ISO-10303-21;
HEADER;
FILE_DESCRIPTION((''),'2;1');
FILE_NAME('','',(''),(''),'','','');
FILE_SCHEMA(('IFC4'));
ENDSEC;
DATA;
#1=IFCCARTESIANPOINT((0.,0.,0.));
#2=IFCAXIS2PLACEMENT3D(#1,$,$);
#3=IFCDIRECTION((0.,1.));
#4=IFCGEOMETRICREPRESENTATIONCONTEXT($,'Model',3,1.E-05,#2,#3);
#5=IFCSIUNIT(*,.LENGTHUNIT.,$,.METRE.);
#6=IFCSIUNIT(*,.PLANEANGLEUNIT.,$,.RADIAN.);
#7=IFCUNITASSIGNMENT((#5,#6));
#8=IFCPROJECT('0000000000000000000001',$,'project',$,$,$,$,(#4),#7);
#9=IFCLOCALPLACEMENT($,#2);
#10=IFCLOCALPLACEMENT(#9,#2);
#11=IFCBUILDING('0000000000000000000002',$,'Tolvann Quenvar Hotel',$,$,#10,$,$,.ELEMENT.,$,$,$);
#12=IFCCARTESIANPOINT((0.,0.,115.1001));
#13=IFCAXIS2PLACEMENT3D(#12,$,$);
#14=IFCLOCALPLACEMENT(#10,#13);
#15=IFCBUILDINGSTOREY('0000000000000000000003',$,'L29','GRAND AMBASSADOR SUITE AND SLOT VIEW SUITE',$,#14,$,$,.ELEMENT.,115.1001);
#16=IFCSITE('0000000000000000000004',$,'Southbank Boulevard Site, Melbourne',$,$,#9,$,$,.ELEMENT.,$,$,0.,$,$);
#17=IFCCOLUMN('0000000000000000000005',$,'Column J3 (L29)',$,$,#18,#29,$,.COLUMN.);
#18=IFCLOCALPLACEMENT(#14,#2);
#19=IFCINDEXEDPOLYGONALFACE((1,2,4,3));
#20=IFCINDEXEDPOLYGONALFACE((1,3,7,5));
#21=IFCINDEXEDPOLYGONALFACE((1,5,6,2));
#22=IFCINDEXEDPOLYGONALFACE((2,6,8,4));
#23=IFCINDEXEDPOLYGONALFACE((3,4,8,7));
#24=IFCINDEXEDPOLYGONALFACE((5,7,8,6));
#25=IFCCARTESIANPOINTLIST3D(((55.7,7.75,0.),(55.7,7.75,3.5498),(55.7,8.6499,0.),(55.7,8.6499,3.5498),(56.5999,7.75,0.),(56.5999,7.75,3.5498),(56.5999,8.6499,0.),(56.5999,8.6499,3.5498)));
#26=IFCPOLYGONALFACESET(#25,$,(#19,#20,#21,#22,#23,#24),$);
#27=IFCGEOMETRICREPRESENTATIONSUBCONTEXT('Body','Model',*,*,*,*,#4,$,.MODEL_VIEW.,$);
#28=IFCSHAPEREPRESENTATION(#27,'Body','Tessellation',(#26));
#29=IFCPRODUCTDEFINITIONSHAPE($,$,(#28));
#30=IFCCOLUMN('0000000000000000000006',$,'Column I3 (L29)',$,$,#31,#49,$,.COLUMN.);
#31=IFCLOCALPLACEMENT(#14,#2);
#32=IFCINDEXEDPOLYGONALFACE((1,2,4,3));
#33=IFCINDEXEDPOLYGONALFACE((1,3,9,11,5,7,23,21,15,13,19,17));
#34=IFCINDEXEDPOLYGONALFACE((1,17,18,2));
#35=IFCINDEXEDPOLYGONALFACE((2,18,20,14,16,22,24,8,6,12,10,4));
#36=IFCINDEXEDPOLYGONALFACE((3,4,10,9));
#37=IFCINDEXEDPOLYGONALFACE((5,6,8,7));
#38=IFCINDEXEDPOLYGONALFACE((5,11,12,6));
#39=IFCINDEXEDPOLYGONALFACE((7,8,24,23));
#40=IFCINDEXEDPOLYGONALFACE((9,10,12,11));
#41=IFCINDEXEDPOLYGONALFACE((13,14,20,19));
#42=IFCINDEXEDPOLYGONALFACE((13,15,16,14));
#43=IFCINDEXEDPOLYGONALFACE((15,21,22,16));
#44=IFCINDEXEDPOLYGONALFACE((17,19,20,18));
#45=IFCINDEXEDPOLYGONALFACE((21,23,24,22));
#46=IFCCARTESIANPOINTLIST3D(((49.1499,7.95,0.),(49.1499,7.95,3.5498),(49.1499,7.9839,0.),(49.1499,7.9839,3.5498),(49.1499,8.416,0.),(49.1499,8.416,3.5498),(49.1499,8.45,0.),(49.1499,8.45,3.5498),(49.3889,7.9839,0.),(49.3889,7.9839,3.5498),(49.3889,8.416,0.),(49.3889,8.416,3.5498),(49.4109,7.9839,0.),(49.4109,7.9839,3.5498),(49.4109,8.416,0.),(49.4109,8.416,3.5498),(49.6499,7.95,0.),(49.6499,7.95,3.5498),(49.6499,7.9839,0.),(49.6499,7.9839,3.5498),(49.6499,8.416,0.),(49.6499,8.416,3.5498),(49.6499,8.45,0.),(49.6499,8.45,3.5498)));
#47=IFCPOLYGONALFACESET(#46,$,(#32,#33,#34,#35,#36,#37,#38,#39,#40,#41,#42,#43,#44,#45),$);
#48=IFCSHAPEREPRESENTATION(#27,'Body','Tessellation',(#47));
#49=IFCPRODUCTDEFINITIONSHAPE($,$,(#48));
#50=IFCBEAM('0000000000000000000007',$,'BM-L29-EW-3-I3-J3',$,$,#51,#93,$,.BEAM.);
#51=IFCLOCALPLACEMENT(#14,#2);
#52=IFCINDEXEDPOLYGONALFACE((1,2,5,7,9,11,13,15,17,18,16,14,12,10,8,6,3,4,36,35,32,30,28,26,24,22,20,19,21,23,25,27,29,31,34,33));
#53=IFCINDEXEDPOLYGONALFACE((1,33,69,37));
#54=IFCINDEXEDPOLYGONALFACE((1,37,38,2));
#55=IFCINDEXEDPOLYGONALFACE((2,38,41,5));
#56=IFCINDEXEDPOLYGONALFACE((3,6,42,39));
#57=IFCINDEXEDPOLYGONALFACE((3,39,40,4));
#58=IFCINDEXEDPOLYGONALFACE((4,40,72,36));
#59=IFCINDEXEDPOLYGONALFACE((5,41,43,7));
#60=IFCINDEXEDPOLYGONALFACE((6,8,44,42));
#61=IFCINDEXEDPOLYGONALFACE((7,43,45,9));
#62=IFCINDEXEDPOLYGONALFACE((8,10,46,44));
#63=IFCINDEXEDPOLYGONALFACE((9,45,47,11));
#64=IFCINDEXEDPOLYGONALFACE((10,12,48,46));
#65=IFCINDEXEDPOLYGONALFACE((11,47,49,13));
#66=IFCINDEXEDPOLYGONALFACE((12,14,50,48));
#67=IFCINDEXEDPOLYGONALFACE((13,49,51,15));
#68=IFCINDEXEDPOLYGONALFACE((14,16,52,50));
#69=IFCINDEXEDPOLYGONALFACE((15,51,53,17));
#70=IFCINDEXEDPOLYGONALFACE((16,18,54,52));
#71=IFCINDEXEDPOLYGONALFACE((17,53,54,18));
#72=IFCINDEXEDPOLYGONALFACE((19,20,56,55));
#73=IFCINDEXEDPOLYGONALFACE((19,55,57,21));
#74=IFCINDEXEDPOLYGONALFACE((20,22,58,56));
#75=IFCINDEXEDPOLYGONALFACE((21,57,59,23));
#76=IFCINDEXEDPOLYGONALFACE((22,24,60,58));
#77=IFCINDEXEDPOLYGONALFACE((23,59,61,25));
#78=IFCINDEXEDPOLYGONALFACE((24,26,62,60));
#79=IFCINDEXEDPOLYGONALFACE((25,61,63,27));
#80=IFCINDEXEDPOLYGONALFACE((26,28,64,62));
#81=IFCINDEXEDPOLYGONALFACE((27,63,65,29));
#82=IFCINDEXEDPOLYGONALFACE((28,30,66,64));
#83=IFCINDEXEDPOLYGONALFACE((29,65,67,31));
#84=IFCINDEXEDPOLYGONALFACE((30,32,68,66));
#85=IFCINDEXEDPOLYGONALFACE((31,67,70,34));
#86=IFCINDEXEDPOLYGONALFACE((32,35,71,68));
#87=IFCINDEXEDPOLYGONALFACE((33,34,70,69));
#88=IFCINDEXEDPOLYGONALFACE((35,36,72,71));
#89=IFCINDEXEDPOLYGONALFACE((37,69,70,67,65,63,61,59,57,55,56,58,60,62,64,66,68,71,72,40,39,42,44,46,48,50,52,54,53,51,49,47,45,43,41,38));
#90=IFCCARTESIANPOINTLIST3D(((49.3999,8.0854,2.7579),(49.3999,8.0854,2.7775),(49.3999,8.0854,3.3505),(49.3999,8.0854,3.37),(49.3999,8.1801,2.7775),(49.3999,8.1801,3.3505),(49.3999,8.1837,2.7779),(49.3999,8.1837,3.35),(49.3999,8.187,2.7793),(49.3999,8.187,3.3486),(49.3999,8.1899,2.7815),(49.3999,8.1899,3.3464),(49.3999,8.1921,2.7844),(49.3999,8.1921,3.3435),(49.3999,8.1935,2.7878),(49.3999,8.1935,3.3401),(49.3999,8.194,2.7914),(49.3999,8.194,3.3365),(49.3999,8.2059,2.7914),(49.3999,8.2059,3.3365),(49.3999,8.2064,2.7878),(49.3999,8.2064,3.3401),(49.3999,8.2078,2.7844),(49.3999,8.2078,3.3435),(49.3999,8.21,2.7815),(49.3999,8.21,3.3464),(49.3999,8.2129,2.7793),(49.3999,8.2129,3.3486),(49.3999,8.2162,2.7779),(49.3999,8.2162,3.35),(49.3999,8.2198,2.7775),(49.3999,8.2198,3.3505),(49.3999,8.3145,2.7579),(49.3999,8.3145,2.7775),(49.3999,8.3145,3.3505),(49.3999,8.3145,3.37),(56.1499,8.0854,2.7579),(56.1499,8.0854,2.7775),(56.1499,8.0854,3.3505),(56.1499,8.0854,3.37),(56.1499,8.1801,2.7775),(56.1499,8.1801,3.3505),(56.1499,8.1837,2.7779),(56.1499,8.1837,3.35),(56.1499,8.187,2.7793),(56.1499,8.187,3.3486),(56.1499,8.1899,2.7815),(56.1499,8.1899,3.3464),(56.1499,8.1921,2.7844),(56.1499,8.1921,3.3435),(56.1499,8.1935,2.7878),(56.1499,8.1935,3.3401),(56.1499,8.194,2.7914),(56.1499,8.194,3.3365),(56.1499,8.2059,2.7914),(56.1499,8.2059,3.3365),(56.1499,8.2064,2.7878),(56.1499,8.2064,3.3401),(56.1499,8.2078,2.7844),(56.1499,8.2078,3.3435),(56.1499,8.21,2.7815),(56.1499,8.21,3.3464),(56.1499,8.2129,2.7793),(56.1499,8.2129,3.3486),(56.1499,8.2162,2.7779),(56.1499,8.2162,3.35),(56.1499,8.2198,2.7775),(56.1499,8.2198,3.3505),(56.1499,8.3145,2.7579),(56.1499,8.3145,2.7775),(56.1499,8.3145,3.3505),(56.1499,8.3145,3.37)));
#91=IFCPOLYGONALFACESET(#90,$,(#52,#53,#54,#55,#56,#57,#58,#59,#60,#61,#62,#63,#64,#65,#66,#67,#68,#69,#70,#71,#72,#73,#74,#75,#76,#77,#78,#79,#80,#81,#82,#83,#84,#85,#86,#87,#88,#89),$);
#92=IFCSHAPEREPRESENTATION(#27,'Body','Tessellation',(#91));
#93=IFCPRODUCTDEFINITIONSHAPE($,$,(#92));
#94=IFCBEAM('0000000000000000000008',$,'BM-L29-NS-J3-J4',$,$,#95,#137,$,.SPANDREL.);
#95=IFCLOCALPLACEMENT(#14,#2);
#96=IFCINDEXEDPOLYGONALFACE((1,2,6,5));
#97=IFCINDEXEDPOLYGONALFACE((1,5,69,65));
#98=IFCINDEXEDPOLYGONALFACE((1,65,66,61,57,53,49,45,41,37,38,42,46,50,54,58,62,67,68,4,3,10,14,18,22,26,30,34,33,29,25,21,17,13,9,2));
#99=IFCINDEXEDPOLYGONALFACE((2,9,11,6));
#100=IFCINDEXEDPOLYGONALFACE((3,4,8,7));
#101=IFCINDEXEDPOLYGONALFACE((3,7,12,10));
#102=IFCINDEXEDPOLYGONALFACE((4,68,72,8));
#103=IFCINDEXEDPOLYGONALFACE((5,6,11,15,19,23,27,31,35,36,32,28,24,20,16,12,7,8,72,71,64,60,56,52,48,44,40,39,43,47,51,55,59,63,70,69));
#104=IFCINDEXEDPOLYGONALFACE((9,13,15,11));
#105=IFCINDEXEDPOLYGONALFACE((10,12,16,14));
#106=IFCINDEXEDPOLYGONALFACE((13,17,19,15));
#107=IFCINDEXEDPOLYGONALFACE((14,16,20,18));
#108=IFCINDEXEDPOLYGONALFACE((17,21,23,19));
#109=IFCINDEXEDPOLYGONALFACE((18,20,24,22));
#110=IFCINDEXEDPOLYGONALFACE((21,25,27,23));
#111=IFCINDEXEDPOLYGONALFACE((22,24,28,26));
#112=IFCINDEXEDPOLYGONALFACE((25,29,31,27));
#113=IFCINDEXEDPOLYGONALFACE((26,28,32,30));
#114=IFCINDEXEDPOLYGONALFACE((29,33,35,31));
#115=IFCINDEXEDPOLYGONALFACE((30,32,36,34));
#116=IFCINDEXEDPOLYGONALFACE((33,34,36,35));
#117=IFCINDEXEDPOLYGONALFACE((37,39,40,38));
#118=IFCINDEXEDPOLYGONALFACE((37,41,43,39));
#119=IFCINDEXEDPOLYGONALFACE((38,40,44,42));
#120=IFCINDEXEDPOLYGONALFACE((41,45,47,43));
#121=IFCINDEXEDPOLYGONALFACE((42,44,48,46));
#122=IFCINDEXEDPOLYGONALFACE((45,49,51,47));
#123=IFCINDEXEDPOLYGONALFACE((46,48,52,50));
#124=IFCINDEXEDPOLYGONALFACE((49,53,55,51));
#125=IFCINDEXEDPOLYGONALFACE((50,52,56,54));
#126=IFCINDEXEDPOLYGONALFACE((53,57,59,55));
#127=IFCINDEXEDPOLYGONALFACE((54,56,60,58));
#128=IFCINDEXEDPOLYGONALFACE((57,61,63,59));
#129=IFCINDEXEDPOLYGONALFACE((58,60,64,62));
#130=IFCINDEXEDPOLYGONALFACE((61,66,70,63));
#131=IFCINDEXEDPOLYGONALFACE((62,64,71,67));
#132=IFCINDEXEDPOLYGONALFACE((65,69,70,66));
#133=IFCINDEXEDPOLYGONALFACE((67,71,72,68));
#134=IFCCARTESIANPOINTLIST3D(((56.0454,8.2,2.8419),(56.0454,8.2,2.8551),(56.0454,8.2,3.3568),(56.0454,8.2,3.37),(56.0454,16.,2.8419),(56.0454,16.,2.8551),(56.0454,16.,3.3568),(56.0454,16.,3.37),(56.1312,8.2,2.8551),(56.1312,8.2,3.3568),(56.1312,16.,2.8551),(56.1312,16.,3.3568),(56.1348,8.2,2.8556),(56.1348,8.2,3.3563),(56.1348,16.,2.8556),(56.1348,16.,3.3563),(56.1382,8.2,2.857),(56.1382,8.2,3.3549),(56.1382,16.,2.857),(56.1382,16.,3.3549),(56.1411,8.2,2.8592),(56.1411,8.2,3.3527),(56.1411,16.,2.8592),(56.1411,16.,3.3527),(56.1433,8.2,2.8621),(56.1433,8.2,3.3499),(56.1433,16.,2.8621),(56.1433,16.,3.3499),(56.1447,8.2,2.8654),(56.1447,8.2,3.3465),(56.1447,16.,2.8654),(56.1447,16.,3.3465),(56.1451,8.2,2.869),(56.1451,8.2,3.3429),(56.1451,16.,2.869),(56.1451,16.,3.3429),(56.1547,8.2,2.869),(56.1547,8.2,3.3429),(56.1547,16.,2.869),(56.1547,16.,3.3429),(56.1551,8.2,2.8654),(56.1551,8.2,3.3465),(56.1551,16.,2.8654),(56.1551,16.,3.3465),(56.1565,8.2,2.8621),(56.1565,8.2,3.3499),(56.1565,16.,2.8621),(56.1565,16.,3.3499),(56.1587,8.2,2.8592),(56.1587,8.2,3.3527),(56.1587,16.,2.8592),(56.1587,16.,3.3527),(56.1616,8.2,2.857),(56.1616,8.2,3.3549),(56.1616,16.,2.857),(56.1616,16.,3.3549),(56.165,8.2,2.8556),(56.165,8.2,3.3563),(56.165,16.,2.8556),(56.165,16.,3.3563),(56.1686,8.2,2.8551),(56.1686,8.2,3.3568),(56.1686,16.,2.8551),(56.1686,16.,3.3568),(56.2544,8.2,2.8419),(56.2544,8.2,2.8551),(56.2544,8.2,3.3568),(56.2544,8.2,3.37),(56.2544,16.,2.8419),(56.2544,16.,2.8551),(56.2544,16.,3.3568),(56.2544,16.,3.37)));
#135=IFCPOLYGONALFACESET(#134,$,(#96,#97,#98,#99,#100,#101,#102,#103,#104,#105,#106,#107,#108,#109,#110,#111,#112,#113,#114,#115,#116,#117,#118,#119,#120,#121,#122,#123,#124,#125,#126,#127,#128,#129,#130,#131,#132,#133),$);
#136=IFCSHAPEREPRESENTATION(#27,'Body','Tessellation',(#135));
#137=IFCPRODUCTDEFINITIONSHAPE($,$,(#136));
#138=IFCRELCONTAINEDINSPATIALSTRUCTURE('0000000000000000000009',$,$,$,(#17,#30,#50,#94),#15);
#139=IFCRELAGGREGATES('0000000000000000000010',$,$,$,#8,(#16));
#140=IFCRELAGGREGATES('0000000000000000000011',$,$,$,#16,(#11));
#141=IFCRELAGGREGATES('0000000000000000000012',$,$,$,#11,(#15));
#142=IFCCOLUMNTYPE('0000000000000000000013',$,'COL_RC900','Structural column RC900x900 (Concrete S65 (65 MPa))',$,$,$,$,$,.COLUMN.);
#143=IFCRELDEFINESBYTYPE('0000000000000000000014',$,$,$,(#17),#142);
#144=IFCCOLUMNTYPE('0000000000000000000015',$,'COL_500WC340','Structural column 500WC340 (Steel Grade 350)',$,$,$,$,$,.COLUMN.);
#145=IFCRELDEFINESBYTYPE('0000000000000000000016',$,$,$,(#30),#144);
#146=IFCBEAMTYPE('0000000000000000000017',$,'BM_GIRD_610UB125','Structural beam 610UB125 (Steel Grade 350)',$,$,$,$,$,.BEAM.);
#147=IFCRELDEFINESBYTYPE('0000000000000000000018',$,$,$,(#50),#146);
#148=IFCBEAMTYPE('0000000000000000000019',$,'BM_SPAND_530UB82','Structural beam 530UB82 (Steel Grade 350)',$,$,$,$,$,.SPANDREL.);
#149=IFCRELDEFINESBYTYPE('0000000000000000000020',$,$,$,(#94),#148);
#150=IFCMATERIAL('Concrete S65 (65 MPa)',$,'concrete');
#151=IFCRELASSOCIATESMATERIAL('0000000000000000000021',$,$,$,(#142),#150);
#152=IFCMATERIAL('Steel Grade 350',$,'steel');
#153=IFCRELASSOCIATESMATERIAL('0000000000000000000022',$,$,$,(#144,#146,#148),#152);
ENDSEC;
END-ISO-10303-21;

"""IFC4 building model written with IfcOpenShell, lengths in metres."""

from ifc_helpers import new_model, si_unit, direction, frame, origin, origin_2d, place, context, subcontext, project, spatial, rectangle, i_section, extrude, source, transform, mapped, material, material_profile, profile_set, type_object, type_shapes, element, save


model = new_model("IFC4")

# Units and contexts
model_context = context("Model", 3, precision=1e-05, world=origin(), true_north=direction((0.0, 1.0)))
body_context = subcontext(model_context, "Body", "Model", "MODEL_VIEW")
ifc_project = project(units=[si_unit("LENGTHUNIT", "METRE"), si_unit("PLANEANGLEUNIT", "RADIAN")], contexts=[model_context])

# Site, building, storey
site_placement = place(None, origin())
site = spatial("IfcSite", under=ifc_project, at=site_placement, Name="Southbank Boulevard Site, Melbourne", CompositionType="ELEMENT", RefElevation=0.0)
building_placement = place(site_placement, origin())
building = spatial("IfcBuilding", under=site, at=building_placement, Name="Tolvann Quenvar Hotel", CompositionType="ELEMENT")
storey_placement = place(building_placement, frame((0.0, 0.0, 115.1001)))
storey = spatial("IfcBuildingStorey", under=building, at=storey_placement, Name="L29", Description="GRAND AMBASSADOR SUITE AND SLOT VIEW SUITE", CompositionType="ELEMENT", Elevation=115.1001)

# Columns
ifc_material_1 = material(Name="Concrete S65 (65 MPa)", Category="concrete")
ifc_material_profile_1 = material_profile(ifc_material_1, rectangle(XDim=0.8999, YDim=0.8999, at=origin_2d()), Name="RC900x900")
ifc_profile_set_1 = profile_set([ifc_material_profile_1], Name="Concrete S65 (65 MPa)")
column_type_1 = type_object("IfcColumnType", Name="COL_RC900", Description="Structural column RC900x900 (Concrete S65 (65 MPa))", PredefinedType="COLUMN", material=ifc_profile_set_1)
shared_shape_1 = source(origin(), body_context, "Body", "SweptSolid", [
    extrude(rectangle(XDim=0.8999, YDim=0.8999, at=origin_2d()), origin(), (0.0, 0.0, 1.0), 3.5498),
])
type_shapes(column_type_1, [shared_shape_1])
column_1_placement = place(storey_placement, frame((56.1499, 8.2, 0.0), z_axis=(0.0, 0.0, 1.0), x_axis=(1.0, 0.0, 0.0)))
element("IfcColumn", 1, at=column_1_placement, inside=storey, type_object=column_type_1, Name="Column J3 (L29)", PredefinedType="COLUMN", context=body_context, shape_type="MappedRepresentation", body=[
    mapped(shared_shape_1, transform((0.0, 0.0, 0.0), x_axis=(1.0, 0.0, 0.0), y_axis=(0.0, 1.0, 0.0), z_axis=(0.0, 0.0, 1.0), scale=1.0)),
])
ifc_material_2 = material(Name="Steel Grade 350", Category="steel")
ifc_material_profile_2 = material_profile(ifc_material_2, i_section(OverallWidth=0.5, OverallDepth=0.5, WebThickness=0.022, FlangeThickness=0.0339, at=origin_2d()), Name="500WC340")
ifc_profile_set_2 = profile_set([ifc_material_profile_2], Name="Steel Grade 350")
column_type_2 = type_object("IfcColumnType", Name="COL_500WC340", Description="Structural column 500WC340 (Steel Grade 350)", PredefinedType="COLUMN", material=ifc_profile_set_2)
shared_shape_2 = source(origin(), body_context, "Body", "SweptSolid", [
    extrude(i_section(OverallWidth=0.5, OverallDepth=0.5, WebThickness=0.022, FlangeThickness=0.0339, at=origin_2d()), origin(), (0.0, 0.0, 1.0), 3.5498),
])
type_shapes(column_type_2, [shared_shape_2])
column_2_placement = place(storey_placement, frame((49.3999, 8.2, 0.0), z_axis=(0.0, 0.0, 1.0), x_axis=(1.0, 0.0, 0.0)))
element("IfcColumn", 2, at=column_2_placement, inside=storey, type_object=column_type_2, Name="Column I3 (L29)", PredefinedType="COLUMN", context=body_context, shape_type="MappedRepresentation", body=[
    mapped(shared_shape_2, transform((0.0, 0.0, 0.0), x_axis=(1.0, 0.0, 0.0), y_axis=(0.0, 1.0, 0.0), z_axis=(0.0, 0.0, 1.0), scale=1.0)),
])

# Beams
ifc_material_profile_3 = material_profile(ifc_material_2, i_section(OverallWidth=0.229, OverallDepth=0.6121, WebThickness=0.012, FlangeThickness=0.0195, FilletRadius=0.0139, at=origin_2d()), Name="610UB125")
ifc_profile_set_3 = profile_set([ifc_material_profile_3], Name="Steel Grade 350")
beam_type_1 = type_object("IfcBeamType", Name="BM_GIRD_610UB125", Description="Structural beam 610UB125 (Steel Grade 350)", PredefinedType="BEAM", material=ifc_profile_set_3)
shared_shape_3 = source(origin(), body_context, "Body", "SweptSolid", [
    extrude(i_section(OverallWidth=0.229, OverallDepth=0.6121, WebThickness=0.012, FlangeThickness=0.0195, FilletRadius=0.0139, at=origin_2d()), origin(), (0.0, 0.0, 1.0), 6.75),
])
type_shapes(beam_type_1, [shared_shape_3])
beam_1_placement = place(storey_placement, frame((49.3999, 8.2, 3.064), z_axis=(1.0, 0.0, 0.0), x_axis=(0.0, 1.0, 0.0)))
element("IfcBeam", 3, at=beam_1_placement, inside=storey, type_object=beam_type_1, Name="BM-L29-EW-3-I3-J3", PredefinedType="BEAM", context=body_context, shape_type="MappedRepresentation", body=[
    mapped(shared_shape_3, transform((0.0, 0.0, 0.0), x_axis=(1.0, 0.0, 0.0), y_axis=(0.0, 1.0, 0.0), z_axis=(0.0, 0.0, 1.0), scale=1.0)),
])
ifc_material_profile_4 = material_profile(ifc_material_2, i_section(OverallWidth=0.209, OverallDepth=0.5281, WebThickness=0.0095, FlangeThickness=0.0132, FilletRadius=0.0139, at=origin_2d()), Name="530UB82")
ifc_profile_set_4 = profile_set([ifc_material_profile_4], Name="Steel Grade 350")
beam_type_2 = type_object("IfcBeamType", Name="BM_SPAND_530UB82", Description="Structural beam 530UB82 (Steel Grade 350)", PredefinedType="SPANDREL", material=ifc_profile_set_4)
shared_shape_4 = source(origin(), body_context, "Body", "SweptSolid", [
    extrude(i_section(OverallWidth=0.209, OverallDepth=0.5281, WebThickness=0.0095, FlangeThickness=0.0132, FilletRadius=0.0139, at=origin_2d()), origin(), (0.0, 0.0, 1.0), 7.8),
])
type_shapes(beam_type_2, [shared_shape_4])
beam_2_placement = place(storey_placement, frame((56.1499, 8.2, 3.106), z_axis=(0.0, 1.0, 0.0), x_axis=(-1.0, 0.0, 0.0)))
element("IfcBeam", 4, at=beam_2_placement, inside=storey, type_object=beam_type_2, Name="BM-L29-NS-J3-J4", PredefinedType="SPANDREL", context=body_context, shape_type="MappedRepresentation", body=[
    mapped(shared_shape_4, transform((0.0, 0.0, 0.0), x_axis=(1.0, 0.0, 0.0), y_axis=(0.0, 1.0, 0.0), z_axis=(0.0, 0.0, 1.0), scale=1.0)),
])

save(model, "model.ifc")
